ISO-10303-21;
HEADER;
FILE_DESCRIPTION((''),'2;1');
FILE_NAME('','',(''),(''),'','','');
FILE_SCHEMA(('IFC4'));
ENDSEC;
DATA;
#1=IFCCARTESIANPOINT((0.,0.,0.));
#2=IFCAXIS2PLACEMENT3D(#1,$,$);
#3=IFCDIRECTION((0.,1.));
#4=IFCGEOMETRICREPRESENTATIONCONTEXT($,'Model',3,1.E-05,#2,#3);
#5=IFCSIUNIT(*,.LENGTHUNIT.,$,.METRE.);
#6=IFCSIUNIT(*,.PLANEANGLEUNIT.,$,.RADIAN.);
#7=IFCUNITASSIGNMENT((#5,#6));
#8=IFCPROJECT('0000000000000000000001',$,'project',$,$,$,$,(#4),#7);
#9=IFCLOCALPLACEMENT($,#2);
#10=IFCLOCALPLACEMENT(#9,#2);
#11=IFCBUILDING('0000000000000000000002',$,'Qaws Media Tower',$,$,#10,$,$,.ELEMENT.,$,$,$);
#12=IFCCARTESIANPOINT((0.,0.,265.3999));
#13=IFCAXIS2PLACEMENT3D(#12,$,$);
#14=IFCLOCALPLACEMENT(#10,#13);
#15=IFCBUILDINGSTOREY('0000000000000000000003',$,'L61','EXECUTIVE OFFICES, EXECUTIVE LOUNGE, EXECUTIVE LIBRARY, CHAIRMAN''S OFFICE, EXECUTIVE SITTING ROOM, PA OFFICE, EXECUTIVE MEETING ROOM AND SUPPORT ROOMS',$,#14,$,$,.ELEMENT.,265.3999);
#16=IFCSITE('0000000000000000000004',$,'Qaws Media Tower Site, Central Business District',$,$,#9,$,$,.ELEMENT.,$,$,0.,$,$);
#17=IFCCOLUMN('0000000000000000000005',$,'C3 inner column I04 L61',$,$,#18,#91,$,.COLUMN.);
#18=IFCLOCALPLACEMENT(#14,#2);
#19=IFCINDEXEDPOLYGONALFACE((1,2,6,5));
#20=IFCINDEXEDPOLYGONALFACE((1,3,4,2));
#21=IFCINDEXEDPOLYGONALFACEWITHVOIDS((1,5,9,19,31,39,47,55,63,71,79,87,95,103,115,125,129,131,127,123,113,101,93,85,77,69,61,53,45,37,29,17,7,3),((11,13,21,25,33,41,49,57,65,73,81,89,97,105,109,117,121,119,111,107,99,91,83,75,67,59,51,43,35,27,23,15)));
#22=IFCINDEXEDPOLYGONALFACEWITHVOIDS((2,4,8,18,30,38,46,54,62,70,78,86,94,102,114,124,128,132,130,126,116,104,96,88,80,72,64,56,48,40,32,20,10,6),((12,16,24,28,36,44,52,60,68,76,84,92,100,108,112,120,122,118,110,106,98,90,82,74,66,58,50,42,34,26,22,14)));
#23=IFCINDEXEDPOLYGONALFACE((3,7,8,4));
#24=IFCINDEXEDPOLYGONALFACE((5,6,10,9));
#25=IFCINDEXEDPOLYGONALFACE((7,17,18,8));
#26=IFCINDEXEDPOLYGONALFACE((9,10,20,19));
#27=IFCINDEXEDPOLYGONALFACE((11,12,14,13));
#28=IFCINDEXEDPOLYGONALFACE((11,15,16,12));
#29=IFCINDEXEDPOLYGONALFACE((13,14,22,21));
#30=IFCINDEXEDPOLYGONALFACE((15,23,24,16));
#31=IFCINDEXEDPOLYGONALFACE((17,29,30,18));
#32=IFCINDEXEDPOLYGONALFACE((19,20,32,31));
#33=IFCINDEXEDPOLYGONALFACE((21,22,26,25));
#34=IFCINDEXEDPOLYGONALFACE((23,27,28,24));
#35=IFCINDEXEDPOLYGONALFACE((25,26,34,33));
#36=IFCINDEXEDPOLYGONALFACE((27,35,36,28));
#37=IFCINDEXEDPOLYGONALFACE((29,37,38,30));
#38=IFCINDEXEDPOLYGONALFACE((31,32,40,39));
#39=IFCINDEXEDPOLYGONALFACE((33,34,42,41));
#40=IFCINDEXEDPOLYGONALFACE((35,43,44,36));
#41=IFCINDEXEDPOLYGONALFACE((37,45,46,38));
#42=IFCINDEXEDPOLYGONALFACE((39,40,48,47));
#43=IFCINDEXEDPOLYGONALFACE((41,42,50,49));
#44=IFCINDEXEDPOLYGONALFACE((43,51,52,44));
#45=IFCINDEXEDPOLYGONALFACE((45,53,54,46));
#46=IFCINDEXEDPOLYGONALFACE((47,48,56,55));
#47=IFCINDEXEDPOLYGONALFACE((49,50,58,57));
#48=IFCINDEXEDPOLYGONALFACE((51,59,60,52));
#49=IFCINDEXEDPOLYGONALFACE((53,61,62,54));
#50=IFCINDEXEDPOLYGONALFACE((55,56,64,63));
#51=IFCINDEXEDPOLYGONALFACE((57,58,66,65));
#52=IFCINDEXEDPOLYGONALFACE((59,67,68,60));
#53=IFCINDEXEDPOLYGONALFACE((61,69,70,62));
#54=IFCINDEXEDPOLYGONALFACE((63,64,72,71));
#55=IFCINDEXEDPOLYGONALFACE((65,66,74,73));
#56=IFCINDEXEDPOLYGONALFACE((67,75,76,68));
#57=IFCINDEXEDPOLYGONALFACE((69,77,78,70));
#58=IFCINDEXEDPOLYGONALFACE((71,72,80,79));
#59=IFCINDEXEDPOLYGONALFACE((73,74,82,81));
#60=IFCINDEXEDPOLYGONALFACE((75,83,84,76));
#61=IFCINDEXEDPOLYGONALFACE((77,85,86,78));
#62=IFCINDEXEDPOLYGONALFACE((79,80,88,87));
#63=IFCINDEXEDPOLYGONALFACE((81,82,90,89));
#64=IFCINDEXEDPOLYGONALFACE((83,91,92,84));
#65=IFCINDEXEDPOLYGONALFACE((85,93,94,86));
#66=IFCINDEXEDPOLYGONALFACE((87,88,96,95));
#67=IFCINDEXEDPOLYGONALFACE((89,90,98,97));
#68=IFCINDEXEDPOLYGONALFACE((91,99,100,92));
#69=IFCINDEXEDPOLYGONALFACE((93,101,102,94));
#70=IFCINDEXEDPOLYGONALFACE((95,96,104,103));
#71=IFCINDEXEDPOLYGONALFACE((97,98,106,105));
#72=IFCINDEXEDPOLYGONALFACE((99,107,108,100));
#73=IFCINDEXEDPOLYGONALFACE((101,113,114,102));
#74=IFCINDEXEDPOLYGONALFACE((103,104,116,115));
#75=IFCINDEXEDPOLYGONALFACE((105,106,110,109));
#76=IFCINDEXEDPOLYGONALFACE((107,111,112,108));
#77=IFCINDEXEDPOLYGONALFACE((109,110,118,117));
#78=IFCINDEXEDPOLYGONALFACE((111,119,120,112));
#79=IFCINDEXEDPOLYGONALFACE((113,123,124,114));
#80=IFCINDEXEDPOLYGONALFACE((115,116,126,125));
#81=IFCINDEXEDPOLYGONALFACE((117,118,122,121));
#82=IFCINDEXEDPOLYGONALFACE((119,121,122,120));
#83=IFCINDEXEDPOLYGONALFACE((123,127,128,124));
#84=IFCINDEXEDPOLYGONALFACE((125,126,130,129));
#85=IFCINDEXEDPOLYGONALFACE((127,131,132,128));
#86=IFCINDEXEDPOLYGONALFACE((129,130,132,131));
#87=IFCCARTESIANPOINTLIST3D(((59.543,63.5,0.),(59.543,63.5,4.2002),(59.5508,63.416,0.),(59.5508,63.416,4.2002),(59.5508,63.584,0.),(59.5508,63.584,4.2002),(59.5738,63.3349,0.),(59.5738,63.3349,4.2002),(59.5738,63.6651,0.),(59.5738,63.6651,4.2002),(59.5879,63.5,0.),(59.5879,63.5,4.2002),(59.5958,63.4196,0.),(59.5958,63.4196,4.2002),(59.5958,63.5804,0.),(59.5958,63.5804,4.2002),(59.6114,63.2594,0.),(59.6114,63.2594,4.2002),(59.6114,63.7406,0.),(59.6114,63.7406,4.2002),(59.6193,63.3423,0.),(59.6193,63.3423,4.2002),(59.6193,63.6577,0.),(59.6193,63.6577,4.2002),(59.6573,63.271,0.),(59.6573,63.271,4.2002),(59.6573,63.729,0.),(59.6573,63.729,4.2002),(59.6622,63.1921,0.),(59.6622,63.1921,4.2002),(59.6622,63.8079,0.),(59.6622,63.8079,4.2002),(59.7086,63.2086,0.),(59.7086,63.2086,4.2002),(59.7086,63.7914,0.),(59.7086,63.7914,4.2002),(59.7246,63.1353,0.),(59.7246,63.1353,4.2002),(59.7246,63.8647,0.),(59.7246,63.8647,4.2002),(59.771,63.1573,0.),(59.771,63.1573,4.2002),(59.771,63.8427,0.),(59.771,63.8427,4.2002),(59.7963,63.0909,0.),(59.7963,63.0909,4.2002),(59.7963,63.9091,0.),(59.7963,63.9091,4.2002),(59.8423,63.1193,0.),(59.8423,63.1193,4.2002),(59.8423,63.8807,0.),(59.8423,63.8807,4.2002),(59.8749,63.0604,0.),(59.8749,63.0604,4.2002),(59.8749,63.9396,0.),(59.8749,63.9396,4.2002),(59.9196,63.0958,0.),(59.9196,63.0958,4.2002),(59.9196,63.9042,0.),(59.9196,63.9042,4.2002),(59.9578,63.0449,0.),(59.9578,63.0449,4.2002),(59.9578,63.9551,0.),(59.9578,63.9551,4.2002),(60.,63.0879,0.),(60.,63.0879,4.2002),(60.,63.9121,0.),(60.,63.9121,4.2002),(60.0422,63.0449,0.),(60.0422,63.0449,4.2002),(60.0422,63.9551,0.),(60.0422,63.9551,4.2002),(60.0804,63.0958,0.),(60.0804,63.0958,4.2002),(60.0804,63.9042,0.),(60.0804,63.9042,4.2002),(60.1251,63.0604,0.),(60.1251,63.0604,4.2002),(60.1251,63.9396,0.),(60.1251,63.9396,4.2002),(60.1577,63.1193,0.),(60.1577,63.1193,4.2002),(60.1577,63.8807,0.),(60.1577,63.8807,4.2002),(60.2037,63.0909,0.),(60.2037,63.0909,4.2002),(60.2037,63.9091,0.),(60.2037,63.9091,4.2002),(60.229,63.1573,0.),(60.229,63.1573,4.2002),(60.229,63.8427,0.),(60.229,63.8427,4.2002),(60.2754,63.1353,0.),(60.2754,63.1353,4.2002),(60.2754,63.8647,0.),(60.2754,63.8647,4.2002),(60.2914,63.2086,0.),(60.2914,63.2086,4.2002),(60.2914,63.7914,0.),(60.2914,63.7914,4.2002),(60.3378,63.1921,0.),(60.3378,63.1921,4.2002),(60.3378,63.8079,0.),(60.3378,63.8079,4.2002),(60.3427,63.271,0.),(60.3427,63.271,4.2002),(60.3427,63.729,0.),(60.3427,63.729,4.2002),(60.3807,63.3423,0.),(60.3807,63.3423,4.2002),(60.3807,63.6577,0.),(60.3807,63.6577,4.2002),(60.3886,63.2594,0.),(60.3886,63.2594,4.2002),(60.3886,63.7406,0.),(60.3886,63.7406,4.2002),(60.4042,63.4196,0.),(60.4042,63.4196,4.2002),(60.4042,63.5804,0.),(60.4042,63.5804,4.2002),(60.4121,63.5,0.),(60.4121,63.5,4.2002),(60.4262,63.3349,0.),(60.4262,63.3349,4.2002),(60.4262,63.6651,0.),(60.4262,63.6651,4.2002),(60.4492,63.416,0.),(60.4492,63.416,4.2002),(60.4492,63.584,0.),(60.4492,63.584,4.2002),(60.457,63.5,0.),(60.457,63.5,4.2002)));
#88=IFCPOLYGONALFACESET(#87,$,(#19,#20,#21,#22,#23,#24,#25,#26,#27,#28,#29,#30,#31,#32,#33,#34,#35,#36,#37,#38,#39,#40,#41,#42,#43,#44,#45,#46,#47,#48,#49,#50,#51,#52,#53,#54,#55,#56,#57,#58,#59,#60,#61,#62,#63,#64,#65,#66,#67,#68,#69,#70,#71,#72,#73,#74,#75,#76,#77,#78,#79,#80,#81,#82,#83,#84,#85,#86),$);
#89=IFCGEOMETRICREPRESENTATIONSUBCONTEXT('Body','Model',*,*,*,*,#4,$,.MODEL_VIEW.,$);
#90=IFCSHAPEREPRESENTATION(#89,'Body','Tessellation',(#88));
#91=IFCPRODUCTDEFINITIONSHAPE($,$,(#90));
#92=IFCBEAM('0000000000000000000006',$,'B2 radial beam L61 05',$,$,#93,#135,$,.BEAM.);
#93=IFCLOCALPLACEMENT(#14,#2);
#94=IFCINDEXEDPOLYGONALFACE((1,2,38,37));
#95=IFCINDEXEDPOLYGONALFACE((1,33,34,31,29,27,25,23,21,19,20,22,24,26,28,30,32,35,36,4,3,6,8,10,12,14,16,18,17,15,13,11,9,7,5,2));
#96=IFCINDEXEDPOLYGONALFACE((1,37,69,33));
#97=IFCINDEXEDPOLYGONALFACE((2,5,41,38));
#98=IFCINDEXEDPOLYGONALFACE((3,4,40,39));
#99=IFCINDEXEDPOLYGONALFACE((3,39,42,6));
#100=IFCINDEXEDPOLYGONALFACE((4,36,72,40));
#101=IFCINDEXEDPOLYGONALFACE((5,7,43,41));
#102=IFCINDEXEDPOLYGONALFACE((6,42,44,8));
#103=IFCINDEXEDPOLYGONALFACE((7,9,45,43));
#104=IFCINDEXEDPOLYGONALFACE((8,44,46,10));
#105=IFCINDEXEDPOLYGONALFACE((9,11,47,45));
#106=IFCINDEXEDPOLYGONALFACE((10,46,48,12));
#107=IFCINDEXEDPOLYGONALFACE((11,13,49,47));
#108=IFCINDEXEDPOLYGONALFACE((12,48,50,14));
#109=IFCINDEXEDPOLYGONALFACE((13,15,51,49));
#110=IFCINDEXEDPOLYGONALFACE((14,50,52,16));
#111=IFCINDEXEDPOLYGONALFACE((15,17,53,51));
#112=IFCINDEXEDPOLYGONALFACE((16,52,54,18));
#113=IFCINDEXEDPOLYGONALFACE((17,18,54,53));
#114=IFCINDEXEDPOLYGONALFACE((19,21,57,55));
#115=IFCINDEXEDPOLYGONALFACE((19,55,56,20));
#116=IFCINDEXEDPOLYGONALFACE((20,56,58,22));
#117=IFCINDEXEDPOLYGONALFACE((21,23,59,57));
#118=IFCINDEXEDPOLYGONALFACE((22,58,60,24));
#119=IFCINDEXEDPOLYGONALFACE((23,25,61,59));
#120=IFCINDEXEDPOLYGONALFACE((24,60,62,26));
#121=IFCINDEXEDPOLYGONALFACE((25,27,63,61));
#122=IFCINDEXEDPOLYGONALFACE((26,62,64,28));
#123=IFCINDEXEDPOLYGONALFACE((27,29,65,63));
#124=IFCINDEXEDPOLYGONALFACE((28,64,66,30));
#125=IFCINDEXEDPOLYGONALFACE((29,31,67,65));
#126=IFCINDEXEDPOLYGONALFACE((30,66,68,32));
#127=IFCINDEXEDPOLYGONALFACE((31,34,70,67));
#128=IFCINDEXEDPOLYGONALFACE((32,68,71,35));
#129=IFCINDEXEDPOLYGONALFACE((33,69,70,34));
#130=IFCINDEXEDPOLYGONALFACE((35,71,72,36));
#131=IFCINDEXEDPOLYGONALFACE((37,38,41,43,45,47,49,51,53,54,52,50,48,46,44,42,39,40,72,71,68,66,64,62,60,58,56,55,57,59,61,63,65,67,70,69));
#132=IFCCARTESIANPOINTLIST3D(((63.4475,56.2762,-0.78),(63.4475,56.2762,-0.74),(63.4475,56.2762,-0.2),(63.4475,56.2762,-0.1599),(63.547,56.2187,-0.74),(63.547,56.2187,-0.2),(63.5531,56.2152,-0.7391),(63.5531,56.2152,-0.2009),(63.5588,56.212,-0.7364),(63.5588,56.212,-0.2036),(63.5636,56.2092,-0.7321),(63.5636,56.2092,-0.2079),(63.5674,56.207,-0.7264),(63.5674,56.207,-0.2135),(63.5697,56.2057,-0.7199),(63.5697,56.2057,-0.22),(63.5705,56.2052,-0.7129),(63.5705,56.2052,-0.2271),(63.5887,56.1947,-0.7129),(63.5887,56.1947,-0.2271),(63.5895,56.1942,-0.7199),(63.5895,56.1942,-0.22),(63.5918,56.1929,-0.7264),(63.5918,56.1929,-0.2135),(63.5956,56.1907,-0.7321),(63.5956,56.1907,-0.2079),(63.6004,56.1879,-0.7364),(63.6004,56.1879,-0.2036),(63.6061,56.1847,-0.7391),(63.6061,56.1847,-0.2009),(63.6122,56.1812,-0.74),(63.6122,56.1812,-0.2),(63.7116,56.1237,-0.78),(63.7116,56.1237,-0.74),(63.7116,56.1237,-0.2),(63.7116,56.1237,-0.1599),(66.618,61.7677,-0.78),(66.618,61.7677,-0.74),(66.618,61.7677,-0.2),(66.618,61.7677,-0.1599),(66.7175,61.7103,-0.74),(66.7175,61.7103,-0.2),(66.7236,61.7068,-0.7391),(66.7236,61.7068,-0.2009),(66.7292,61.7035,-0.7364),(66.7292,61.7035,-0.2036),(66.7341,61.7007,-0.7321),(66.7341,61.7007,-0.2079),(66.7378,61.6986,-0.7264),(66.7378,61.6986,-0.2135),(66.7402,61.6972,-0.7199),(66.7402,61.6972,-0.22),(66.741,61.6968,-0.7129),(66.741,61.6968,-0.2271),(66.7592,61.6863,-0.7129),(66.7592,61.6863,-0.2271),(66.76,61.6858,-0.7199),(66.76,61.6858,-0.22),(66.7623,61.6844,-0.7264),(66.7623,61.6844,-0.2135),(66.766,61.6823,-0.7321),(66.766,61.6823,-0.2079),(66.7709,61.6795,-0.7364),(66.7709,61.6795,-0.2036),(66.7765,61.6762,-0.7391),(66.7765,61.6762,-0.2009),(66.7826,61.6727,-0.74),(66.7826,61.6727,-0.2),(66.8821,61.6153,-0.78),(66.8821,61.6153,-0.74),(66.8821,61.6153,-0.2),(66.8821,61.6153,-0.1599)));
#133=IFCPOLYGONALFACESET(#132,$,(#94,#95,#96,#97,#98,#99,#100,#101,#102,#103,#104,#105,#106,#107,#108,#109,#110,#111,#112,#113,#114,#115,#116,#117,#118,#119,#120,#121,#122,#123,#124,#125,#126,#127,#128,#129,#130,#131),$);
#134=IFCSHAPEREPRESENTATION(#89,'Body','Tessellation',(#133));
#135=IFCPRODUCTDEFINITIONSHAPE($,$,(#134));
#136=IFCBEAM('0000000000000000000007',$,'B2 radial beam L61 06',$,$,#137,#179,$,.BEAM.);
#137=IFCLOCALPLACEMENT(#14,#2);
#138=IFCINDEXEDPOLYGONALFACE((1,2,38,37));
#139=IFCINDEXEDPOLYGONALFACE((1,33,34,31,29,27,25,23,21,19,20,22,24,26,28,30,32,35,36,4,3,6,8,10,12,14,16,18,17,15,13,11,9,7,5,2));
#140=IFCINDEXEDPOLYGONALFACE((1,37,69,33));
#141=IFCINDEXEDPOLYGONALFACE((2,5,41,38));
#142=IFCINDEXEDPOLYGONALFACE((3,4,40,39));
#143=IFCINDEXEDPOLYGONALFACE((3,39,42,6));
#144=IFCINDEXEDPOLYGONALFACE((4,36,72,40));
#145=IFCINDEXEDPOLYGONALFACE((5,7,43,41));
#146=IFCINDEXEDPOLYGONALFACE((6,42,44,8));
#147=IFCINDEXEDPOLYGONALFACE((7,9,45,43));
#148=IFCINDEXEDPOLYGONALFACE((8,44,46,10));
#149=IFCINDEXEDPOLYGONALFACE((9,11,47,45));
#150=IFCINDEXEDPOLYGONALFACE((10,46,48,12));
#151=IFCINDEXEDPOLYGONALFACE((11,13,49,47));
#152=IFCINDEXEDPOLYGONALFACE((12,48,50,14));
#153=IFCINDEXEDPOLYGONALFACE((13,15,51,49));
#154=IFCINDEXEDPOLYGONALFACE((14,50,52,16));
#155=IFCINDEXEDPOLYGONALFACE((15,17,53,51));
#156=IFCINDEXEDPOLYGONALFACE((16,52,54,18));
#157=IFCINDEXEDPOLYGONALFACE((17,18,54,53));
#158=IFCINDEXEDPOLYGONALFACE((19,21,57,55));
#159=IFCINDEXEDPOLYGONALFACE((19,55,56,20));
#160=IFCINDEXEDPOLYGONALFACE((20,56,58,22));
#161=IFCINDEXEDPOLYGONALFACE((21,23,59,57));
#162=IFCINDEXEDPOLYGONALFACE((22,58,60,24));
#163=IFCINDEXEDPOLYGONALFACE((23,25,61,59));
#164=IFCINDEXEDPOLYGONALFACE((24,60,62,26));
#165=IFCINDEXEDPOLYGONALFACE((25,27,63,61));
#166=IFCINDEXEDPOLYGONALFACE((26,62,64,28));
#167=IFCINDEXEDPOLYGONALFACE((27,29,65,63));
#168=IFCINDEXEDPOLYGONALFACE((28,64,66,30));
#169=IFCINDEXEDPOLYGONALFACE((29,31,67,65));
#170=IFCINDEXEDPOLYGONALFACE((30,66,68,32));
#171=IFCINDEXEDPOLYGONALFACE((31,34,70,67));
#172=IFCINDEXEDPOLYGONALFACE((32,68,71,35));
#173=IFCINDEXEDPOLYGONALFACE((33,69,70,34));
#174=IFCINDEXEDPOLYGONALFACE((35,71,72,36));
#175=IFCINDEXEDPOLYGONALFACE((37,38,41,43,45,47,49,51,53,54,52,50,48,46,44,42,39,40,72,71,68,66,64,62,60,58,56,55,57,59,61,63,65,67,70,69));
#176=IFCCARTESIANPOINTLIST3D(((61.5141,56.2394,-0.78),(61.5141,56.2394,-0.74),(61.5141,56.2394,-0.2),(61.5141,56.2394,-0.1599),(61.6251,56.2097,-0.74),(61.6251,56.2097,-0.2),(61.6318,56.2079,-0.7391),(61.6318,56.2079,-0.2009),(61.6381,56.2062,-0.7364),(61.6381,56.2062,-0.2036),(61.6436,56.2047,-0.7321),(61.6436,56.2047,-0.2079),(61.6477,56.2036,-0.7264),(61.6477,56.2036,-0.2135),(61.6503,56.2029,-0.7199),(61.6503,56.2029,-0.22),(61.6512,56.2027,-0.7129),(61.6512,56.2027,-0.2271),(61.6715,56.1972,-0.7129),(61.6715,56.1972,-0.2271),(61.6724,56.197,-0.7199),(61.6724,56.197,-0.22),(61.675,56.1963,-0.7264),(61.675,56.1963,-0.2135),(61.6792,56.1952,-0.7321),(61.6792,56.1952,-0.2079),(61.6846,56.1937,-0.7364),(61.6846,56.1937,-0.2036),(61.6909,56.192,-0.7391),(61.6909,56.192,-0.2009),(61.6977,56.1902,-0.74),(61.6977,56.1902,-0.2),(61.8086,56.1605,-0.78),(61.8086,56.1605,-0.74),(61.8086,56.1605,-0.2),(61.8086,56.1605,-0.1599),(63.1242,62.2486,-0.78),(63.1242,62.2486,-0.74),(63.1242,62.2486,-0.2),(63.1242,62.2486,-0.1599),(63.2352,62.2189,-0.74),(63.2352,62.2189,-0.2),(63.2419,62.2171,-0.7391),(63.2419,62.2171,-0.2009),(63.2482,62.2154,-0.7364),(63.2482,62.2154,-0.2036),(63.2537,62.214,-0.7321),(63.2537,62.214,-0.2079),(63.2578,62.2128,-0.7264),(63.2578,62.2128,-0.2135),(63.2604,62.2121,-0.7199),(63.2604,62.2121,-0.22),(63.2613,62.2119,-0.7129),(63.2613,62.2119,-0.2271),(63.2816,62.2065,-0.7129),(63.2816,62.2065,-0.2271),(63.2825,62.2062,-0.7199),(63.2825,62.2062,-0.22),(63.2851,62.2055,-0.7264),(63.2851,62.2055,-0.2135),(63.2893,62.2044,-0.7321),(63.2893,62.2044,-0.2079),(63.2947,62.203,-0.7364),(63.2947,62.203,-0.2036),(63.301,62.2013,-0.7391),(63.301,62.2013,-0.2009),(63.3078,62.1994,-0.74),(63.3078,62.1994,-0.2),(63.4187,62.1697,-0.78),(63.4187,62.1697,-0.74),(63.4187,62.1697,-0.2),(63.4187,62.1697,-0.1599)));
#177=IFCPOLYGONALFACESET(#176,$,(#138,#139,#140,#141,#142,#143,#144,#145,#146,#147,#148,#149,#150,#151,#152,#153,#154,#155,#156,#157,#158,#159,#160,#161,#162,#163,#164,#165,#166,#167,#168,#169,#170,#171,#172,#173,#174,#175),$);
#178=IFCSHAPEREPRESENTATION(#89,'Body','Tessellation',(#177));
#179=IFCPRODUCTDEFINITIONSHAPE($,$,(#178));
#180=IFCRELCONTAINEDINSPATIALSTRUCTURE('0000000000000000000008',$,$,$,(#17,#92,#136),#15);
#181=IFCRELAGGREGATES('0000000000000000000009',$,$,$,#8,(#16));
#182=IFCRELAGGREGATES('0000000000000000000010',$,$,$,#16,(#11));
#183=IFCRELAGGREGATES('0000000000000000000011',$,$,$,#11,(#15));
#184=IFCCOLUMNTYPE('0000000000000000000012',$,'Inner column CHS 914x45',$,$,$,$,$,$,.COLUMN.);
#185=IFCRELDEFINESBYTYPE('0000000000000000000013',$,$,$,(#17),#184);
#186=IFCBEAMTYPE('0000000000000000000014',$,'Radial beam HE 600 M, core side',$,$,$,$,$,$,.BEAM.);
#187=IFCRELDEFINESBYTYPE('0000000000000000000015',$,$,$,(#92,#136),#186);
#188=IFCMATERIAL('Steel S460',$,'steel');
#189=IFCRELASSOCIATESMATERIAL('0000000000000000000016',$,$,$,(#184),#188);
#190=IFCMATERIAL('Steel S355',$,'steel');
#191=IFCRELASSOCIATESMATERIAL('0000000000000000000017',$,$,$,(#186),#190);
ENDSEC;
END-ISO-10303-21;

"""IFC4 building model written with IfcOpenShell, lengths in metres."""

from ifc_helpers import new_model, si_unit, direction, frame, origin, origin_2d, place, context, subcontext, project, spatial, hollow_circle, i_section, extrude, material, material_profile, profile_set, type_object, element, save


model = new_model("IFC4")

# Units and contexts
model_context = context("Model", 3, precision=1e-05, world=origin(), true_north=direction((0.0, 1.0)))
body_context = subcontext(model_context, "Body", "Model", "MODEL_VIEW")
ifc_project = project(units=[si_unit("LENGTHUNIT", "METRE"), si_unit("PLANEANGLEUNIT", "RADIAN")], contexts=[model_context])

# Site, building, storey
site_placement = place(None, origin())
site = spatial("IfcSite", under=ifc_project, at=site_placement, Name="Qaws Media Tower Site, Central Business District", CompositionType="ELEMENT", RefElevation=0.0)
building_placement = place(site_placement, origin())
building = spatial("IfcBuilding", under=site, at=building_placement, Name="Qaws Media Tower", CompositionType="ELEMENT")
storey_placement = place(building_placement, frame((0.0, 0.0, 265.3999)))
storey = spatial("IfcBuildingStorey", under=building, at=storey_placement, Name="L61", Description="EXECUTIVE OFFICES, EXECUTIVE LOUNGE, EXECUTIVE LIBRARY, CHAIRMAN'S OFFICE, EXECUTIVE SITTING ROOM, PA OFFICE, EXECUTIVE MEETING ROOM AND SUPPORT ROOMS", CompositionType="ELEMENT", Elevation=265.3999)

# Column
ifc_material_1 = material(Name="Steel S460", Category="steel")
ifc_material_profile_1 = material_profile(ifc_material_1, hollow_circle(Radius=0.457, WallThickness=0.0449, at=origin_2d()), Name="CHS 914x45")
ifc_profile_set_1 = profile_set([ifc_material_profile_1], Name="Steel S460")
column_type = type_object("IfcColumnType", Name="Inner column CHS 914x45", PredefinedType="COLUMN", material=ifc_profile_set_1)
column_placement = place(storey_placement, frame((60.0, 63.5, 0.0), z_axis=(0.0, 0.0, 1.0), x_axis=(1.0, 0.0, 0.0)))
element("IfcColumn", 1, at=column_placement, inside=storey, type_object=column_type, Name="C3 inner column I04 L61", PredefinedType="COLUMN", context=body_context, shape_type="SweptSolid", body=[
    extrude(hollow_circle(Radius=0.457, WallThickness=0.0449, at=origin_2d()), origin(), (0.0, 0.0, 1.0), 4.2002),
])

# Beams
ifc_material_2 = material(Name="Steel S355", Category="steel")
ifc_material_profile_2 = material_profile(ifc_material_2, i_section(OverallWidth=0.3049, OverallDepth=0.6201, WebThickness=0.021, FlangeThickness=0.04, FilletRadius=0.0271, at=origin_2d()), Name="HE 600 M")
ifc_profile_set_2 = profile_set([ifc_material_profile_2], Name="Steel S355")
beam_type_1 = type_object("IfcBeamType", Name="Radial beam HE 600 M, core side", PredefinedType="BEAM", material=ifc_profile_set_2)
beam_1_placement = place(storey_placement, frame((63.5796, 56.2, -0.47), z_axis=(0.49999, 0.866031, 0.0), x_axis=(-0.866031, 0.49999, 0.0)))
element("IfcBeam", 2, at=beam_1_placement, inside=storey, type_object=beam_type_1, Name="B2 radial beam L61 05", PredefinedType="BEAM", context=body_context, shape_type="SweptSolid", body=[
    extrude(i_section(OverallWidth=0.3049, OverallDepth=0.6201, WebThickness=0.021, FlangeThickness=0.04, FilletRadius=0.0271, at=origin_2d()), origin(), (0.0, 0.0, 1.0), 6.3411),
])
beam_2_placement = place(storey_placement, frame((61.6614, 56.2, -0.47), z_axis=(0.258808, 0.965929, 0.0), x_axis=(-0.965929, 0.258808, 0.0)))
element("IfcBeam", 3, at=beam_2_placement, inside=storey, type_object=beam_type_1, Name="B2 radial beam L61 06", PredefinedType="BEAM", context=body_context, shape_type="SweptSolid", body=[
    extrude(i_section(OverallWidth=0.3049, OverallDepth=0.6201, WebThickness=0.021, FlangeThickness=0.04, FilletRadius=0.0271, at=origin_2d()), origin(), (0.0, 0.0, 1.0), 6.2212),
])

save(model, "model.ifc")
